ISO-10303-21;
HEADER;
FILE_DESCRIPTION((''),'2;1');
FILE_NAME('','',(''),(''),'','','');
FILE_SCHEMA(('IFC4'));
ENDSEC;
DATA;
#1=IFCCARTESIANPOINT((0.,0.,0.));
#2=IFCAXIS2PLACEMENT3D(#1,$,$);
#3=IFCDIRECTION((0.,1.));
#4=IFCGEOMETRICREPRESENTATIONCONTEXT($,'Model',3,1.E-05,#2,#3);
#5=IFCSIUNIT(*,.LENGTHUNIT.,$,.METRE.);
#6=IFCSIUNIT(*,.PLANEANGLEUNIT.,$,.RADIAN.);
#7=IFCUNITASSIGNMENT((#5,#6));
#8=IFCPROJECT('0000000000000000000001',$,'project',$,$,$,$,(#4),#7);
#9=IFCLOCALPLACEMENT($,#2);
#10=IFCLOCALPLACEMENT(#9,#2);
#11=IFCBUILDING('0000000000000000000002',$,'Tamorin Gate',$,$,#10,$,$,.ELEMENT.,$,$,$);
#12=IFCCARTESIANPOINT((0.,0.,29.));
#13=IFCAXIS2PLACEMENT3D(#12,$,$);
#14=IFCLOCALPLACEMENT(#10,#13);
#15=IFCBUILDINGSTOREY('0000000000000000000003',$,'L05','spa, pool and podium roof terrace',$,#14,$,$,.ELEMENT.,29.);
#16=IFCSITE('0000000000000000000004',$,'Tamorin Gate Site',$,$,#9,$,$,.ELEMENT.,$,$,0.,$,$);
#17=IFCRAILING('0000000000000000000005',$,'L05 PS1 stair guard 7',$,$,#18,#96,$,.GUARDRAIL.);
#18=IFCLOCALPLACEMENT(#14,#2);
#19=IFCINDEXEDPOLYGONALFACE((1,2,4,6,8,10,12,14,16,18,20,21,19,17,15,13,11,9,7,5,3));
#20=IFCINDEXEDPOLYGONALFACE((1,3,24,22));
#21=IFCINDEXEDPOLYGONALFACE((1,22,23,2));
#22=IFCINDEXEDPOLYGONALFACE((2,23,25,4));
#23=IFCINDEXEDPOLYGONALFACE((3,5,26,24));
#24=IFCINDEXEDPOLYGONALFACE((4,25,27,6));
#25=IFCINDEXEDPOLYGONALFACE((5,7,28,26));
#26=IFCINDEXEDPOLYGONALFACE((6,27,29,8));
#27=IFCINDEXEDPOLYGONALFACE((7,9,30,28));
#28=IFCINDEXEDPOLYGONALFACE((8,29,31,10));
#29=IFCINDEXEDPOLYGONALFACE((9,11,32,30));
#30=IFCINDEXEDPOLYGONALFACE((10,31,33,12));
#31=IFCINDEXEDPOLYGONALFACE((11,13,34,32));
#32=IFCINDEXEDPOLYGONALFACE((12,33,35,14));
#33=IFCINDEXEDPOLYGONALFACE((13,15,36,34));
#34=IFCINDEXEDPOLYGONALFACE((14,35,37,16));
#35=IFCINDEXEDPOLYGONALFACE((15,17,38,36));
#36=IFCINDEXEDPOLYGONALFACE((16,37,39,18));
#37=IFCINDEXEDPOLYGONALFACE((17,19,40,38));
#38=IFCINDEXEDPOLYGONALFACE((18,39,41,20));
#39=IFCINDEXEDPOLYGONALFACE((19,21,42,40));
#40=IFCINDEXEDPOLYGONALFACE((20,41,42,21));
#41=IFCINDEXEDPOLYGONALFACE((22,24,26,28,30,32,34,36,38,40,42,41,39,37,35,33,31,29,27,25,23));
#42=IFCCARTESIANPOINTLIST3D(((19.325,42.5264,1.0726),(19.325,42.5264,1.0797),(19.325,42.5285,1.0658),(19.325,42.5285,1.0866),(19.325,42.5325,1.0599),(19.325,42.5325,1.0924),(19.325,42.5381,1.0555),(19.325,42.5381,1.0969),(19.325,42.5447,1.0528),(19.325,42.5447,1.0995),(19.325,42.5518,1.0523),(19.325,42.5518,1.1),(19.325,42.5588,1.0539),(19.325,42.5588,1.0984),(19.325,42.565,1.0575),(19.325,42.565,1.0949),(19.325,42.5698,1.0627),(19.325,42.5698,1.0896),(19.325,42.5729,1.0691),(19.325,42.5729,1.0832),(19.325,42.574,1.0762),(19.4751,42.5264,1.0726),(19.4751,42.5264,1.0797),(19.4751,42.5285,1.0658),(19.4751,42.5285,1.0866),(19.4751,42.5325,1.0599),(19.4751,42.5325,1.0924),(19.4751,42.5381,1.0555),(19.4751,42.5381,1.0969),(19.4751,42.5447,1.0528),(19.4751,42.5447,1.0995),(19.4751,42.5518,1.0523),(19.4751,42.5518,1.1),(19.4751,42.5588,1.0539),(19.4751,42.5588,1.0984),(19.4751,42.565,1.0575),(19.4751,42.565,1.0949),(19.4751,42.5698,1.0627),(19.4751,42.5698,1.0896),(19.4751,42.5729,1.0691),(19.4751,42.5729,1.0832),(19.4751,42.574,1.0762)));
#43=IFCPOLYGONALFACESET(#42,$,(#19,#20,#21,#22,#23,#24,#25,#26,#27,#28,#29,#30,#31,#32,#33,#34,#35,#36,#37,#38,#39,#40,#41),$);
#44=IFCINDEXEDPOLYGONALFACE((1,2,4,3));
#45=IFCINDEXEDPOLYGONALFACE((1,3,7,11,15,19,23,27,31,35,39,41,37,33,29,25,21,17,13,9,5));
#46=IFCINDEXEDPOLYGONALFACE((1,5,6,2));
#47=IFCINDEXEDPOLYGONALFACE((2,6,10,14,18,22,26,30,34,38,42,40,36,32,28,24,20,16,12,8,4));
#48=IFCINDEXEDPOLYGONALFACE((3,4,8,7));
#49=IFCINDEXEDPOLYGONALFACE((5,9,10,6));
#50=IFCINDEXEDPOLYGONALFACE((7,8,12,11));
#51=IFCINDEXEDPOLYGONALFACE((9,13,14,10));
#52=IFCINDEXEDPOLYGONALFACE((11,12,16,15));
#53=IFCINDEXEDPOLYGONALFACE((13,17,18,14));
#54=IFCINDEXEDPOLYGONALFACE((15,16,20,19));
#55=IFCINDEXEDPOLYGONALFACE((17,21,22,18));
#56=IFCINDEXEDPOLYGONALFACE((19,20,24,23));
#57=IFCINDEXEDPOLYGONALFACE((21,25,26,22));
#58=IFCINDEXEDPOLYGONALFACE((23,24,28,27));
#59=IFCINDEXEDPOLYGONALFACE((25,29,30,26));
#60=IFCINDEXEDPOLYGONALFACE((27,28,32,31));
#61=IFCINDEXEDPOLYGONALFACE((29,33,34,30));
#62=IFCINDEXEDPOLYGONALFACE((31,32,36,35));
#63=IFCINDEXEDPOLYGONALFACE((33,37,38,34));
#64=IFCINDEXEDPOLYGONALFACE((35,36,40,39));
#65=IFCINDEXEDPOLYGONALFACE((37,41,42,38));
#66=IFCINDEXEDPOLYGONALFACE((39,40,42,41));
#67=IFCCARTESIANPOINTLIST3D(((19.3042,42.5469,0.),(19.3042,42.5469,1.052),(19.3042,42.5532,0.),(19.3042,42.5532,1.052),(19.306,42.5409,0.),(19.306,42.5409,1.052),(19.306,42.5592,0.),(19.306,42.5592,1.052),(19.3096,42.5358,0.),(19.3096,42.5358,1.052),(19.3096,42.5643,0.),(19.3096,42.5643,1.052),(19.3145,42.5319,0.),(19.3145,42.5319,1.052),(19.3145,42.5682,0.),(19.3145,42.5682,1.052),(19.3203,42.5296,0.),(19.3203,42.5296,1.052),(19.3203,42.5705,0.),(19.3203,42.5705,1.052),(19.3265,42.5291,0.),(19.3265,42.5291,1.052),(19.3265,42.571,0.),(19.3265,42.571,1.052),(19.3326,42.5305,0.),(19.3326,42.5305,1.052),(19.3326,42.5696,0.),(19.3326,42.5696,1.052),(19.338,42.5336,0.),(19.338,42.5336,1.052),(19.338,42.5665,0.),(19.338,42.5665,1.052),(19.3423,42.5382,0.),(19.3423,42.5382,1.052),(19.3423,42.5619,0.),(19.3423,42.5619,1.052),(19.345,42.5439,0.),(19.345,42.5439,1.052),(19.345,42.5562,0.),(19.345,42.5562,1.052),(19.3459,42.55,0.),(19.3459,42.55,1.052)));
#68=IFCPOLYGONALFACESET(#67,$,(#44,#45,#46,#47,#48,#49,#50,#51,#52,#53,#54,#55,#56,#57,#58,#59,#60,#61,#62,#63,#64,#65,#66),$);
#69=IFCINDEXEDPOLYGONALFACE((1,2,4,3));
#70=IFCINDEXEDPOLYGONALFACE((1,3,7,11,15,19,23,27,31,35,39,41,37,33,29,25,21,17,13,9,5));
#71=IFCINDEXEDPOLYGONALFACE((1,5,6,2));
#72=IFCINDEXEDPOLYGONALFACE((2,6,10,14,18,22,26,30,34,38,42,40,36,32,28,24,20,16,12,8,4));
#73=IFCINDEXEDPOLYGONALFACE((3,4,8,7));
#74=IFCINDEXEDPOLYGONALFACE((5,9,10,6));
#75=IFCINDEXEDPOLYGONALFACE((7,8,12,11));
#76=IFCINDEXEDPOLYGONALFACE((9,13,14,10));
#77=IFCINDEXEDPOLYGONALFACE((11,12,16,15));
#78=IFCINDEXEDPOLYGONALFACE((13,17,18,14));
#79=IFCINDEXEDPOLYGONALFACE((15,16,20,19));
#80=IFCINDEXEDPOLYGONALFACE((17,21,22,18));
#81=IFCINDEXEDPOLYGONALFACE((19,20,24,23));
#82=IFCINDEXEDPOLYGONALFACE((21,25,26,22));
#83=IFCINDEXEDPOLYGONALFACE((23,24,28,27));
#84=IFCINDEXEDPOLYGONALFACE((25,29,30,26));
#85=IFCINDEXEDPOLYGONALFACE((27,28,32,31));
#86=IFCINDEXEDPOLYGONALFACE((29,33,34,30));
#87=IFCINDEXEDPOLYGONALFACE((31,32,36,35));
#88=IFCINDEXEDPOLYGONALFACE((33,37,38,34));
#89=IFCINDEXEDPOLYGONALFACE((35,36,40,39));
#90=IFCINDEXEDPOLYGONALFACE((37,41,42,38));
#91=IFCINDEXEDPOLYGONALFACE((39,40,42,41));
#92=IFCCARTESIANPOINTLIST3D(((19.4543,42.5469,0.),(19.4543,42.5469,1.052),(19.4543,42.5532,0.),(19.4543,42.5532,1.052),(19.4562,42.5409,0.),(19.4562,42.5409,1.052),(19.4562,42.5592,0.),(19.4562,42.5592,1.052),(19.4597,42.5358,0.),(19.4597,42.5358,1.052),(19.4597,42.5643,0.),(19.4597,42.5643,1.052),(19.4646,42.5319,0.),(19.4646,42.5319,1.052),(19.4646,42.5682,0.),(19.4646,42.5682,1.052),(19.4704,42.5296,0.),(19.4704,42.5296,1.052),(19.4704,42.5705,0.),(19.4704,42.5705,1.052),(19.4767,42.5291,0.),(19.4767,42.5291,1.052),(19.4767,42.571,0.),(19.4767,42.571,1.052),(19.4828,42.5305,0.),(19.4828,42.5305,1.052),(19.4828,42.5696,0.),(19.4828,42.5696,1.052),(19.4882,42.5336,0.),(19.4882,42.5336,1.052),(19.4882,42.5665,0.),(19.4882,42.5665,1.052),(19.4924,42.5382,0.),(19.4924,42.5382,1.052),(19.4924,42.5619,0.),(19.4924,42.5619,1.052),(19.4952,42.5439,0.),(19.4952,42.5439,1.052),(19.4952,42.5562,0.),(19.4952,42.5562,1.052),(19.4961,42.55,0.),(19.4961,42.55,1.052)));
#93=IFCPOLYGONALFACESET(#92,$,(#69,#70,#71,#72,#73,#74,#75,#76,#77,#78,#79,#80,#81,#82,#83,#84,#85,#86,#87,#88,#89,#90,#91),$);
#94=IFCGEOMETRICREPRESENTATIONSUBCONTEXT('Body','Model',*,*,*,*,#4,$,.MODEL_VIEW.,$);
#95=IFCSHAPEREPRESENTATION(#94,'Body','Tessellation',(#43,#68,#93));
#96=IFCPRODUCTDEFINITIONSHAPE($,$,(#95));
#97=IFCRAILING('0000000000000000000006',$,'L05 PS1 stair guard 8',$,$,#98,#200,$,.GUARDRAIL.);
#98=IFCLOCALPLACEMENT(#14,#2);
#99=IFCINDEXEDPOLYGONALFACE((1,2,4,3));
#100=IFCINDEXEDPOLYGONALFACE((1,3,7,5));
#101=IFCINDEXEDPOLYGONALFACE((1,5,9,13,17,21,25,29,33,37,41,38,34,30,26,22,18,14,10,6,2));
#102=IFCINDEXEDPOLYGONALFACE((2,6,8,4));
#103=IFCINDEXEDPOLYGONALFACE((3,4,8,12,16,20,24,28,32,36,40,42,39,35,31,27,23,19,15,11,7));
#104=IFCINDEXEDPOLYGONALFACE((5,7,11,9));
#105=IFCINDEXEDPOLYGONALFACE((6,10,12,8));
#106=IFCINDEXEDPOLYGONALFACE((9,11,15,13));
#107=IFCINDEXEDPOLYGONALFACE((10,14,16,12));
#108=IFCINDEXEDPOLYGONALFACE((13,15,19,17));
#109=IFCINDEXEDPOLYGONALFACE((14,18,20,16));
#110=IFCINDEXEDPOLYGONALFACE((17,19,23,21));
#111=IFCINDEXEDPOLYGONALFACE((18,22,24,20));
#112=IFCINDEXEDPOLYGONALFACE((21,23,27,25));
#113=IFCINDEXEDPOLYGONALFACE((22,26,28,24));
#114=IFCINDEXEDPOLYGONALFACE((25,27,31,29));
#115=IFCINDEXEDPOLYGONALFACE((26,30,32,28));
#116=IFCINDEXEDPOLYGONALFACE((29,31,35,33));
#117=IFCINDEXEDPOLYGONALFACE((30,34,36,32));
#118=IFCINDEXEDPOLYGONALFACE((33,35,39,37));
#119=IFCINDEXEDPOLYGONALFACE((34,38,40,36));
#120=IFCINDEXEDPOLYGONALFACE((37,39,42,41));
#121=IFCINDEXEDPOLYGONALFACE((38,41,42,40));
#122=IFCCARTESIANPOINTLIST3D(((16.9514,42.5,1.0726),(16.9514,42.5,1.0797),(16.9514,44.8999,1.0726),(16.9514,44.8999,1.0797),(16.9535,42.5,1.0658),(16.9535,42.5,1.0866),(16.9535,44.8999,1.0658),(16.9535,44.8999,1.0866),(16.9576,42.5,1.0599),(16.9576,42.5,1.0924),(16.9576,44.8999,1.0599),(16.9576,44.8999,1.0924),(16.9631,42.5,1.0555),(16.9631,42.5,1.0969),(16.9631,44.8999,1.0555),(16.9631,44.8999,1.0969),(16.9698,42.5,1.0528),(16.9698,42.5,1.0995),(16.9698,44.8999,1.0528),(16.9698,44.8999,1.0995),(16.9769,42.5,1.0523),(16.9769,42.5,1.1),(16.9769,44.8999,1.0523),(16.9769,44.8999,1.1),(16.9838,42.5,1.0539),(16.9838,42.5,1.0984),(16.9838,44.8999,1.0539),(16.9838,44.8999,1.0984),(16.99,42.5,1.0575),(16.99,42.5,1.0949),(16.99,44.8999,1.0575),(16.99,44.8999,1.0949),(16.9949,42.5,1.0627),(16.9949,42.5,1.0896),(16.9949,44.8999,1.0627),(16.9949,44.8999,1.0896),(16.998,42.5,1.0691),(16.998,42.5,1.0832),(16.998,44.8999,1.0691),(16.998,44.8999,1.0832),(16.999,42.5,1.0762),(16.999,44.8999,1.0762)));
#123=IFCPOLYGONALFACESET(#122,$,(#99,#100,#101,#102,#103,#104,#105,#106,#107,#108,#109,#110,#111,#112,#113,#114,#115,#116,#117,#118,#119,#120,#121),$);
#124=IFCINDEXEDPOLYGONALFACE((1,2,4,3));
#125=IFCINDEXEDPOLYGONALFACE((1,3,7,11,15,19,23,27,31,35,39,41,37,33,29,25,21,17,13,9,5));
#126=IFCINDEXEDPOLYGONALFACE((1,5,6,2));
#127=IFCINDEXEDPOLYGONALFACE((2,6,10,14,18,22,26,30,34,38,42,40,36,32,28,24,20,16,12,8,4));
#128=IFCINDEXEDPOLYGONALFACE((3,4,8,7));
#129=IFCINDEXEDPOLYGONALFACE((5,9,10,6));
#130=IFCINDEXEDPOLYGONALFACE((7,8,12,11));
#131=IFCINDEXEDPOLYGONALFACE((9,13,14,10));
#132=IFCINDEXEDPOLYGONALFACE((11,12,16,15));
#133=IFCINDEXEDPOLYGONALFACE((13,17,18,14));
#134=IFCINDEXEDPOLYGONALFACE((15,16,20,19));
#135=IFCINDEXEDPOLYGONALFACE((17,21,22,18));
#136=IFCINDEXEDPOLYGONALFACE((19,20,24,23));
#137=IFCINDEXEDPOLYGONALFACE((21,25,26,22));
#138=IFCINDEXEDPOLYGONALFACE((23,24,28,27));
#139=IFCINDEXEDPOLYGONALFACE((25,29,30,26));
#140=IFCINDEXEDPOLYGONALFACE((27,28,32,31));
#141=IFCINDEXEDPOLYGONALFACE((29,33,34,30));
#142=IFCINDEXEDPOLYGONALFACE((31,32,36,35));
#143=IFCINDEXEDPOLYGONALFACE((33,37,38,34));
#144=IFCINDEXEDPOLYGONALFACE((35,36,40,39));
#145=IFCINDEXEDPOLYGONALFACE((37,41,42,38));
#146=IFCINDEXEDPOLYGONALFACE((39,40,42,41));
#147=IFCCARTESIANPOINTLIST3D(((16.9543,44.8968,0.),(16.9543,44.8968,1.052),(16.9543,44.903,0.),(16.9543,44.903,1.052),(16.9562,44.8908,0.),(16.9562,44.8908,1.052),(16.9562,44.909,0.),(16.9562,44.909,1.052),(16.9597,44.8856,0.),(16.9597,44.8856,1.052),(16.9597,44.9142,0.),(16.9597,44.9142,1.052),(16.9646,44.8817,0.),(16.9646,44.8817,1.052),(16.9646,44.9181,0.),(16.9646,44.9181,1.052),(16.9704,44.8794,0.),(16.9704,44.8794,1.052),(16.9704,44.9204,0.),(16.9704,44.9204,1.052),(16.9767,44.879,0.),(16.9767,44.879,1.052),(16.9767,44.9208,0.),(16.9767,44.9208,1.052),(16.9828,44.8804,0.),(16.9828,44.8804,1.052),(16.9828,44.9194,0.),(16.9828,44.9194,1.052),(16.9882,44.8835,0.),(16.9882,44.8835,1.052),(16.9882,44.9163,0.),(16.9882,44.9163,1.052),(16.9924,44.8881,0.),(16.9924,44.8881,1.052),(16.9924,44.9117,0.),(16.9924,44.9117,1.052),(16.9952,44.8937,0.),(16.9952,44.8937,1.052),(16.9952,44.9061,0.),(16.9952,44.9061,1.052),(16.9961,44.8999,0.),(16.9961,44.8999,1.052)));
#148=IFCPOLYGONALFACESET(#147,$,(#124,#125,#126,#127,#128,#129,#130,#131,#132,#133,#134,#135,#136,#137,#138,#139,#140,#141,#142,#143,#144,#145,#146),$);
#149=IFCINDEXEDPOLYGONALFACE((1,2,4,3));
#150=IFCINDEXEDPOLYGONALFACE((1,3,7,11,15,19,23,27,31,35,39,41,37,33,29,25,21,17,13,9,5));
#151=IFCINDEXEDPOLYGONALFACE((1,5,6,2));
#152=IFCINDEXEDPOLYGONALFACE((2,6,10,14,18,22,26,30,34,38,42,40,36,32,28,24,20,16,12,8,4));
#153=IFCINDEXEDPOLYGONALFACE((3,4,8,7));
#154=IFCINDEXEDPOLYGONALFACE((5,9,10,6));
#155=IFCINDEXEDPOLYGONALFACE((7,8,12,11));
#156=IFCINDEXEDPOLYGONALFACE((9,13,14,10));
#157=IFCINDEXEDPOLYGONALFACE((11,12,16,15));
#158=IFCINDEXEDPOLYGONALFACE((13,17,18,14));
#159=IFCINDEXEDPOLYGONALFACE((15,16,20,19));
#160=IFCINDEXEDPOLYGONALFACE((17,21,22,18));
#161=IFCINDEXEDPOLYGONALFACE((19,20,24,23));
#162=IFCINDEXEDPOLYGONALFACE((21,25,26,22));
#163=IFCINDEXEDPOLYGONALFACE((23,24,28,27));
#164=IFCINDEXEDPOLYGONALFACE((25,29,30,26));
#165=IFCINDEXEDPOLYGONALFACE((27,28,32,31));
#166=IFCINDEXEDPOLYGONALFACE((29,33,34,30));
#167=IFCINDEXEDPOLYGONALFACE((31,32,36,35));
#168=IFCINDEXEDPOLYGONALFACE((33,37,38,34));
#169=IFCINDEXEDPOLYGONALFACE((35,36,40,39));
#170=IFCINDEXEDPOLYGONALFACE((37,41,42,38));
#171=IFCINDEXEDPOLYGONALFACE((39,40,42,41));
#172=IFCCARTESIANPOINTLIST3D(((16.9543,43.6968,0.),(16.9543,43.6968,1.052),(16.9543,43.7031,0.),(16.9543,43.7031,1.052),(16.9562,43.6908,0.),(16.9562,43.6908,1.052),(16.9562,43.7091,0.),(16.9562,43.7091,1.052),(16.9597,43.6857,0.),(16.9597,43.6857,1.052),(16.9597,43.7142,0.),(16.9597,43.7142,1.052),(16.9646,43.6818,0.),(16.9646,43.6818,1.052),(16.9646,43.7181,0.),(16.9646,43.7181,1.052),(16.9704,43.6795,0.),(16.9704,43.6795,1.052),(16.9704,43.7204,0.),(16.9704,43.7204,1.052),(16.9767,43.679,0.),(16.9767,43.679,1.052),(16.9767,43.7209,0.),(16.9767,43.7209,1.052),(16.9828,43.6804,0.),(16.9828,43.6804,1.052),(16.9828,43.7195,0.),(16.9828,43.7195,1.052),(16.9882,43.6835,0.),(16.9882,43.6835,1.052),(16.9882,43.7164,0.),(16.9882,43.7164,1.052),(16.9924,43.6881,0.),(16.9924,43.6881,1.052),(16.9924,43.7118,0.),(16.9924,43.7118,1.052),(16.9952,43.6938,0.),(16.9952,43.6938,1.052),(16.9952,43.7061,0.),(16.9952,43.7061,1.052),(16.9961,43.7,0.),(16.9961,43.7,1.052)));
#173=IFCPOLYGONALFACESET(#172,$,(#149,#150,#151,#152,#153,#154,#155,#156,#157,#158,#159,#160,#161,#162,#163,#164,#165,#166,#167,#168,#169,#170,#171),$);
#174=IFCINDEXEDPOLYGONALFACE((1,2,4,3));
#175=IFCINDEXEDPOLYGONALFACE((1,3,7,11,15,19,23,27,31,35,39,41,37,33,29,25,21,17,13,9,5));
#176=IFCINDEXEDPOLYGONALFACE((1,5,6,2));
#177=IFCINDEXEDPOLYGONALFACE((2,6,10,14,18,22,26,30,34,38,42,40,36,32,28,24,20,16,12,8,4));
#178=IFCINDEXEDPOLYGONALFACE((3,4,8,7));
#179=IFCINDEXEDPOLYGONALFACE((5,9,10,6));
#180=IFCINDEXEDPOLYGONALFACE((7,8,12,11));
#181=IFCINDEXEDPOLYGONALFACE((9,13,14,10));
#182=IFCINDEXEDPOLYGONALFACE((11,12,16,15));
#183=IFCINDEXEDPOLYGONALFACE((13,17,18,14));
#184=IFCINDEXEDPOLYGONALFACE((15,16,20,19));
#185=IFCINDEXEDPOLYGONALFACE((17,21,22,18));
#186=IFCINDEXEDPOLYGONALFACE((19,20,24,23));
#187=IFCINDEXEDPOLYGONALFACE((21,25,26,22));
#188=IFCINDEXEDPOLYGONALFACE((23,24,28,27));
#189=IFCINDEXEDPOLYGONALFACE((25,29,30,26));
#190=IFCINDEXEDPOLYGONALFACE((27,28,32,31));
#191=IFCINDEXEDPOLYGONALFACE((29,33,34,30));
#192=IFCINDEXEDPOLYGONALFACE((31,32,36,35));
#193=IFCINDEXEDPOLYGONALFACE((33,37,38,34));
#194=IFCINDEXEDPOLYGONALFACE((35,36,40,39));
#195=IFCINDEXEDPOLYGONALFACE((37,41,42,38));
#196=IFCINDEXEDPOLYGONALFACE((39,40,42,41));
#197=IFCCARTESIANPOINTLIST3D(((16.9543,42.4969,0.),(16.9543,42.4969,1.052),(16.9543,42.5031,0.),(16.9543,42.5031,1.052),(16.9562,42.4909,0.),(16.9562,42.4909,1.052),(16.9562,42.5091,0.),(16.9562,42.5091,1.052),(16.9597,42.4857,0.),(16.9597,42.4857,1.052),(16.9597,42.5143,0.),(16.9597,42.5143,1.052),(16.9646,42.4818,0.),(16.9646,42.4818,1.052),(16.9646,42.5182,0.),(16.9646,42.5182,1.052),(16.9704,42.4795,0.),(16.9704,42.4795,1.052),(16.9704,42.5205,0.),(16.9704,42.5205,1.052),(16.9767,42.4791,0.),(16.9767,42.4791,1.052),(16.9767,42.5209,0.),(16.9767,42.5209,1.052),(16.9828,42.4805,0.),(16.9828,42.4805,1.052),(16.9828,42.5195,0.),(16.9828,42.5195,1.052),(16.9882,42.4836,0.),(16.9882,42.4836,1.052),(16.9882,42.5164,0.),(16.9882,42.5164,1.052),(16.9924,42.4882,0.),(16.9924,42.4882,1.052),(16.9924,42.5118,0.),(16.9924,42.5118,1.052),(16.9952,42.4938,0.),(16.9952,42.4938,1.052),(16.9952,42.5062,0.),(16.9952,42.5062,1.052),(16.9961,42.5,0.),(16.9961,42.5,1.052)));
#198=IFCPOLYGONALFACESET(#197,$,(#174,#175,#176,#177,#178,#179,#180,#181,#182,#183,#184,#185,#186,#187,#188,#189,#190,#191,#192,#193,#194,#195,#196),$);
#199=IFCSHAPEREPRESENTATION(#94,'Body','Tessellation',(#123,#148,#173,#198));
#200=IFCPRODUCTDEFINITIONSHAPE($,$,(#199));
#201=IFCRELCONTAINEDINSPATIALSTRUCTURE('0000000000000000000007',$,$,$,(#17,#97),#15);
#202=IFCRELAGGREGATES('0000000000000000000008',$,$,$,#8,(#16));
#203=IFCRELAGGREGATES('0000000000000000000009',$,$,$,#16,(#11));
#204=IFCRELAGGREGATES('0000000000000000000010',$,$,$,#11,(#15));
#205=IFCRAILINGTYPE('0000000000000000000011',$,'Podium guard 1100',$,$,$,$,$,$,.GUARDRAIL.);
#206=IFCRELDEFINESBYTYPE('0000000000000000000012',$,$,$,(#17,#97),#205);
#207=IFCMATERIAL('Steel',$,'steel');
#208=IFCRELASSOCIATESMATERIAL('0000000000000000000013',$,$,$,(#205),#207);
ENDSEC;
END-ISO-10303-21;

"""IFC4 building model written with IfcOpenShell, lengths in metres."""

from ifc_helpers import new_model, si_unit, direction, frame, origin, origin_2d, place, context, subcontext, project, spatial, circle, extrude, material, type_object, element, save


model = new_model("IFC4")

# Units and contexts
model_context = context("Model", 3, precision=1e-05, world=origin(), true_north=direction((0.0, 1.0)))
body_context = subcontext(model_context, "Body", "Model", "MODEL_VIEW")
ifc_project = project(units=[si_unit("LENGTHUNIT", "METRE"), si_unit("PLANEANGLEUNIT", "RADIAN")], contexts=[model_context])

# Site, building, storey
site_placement = place(None, origin())
site = spatial("IfcSite", under=ifc_project, at=site_placement, Name="Tamorin Gate Site", CompositionType="ELEMENT", RefElevation=0.0)
building_placement = place(site_placement, origin())
building = spatial("IfcBuilding", under=site, at=building_placement, Name="Tamorin Gate", CompositionType="ELEMENT")
storey_placement = place(building_placement, frame((0.0, 0.0, 29.0)))
storey = spatial("IfcBuildingStorey", under=building, at=storey_placement, Name="L05", Description="spa, pool and podium roof terrace", CompositionType="ELEMENT", Elevation=29.0)

# Railings
ifc_material_1 = material(Name="Steel", Category="steel")
railing_type_1 = type_object("IfcRailingType", Name="Podium guard 1100", PredefinedType="GUARDRAIL", material=ifc_material_1)
railing_1_placement = place(storey_placement, frame((19.325, 42.55, 0.0)))
element("IfcRailing", 1, at=railing_1_placement, inside=storey, type_object=railing_type_1, Name="L05 PS1 stair guard 7", PredefinedType="GUARDRAIL", context=body_context, shape_type="SweptSolid", body=[
    extrude(circle(Radius=0.0239, at=origin_2d()), frame((0.0, 0.0, 1.0762), z_axis=(1.0, 0.0, 0.0), x_axis=(0.0, 1.0, 0.0)), (0.0, 0.0, 1.0), 0.1501),
    extrude(circle(Radius=0.021, at=origin_2d()), origin(), (0.0, 0.0, 1.0), 1.052),
    extrude(circle(Radius=0.021, at=origin_2d()), frame((0.1501, 0.0, 0.0)), (0.0, 0.0, 1.0), 1.052),
])
for number, where, name in (
    (2, (16.9751, 44.8999, 0.0), "L05 PS1 stair guard 8"),
):
    element("IfcRailing", number, at=place(storey_placement, frame(where)), inside=storey, type_object=railing_type_1, Name=name, PredefinedType="GUARDRAIL", context=body_context, shape_type="SweptSolid", body=[
        extrude(circle(Radius=0.0239, at=origin_2d()), frame((0.0, 0.0, 1.0762), z_axis=(0.0, -1.0, 0.0), x_axis=(1.0, 0.0, 0.0)), (0.0, 0.0, 1.0), 2.3999),
        extrude(circle(Radius=0.021, at=origin_2d()), origin(), (0.0, 0.0, 1.0), 1.052),
        extrude(circle(Radius=0.021, at=origin_2d()), frame((0.0, -1.2, 0.0)), (0.0, 0.0, 1.0), 1.052),
        extrude(circle(Radius=0.021, at=origin_2d()), frame((0.0, -2.3999, 0.0)), (0.0, 0.0, 1.0), 1.052),
    ])

save(model, "model.ifc")
